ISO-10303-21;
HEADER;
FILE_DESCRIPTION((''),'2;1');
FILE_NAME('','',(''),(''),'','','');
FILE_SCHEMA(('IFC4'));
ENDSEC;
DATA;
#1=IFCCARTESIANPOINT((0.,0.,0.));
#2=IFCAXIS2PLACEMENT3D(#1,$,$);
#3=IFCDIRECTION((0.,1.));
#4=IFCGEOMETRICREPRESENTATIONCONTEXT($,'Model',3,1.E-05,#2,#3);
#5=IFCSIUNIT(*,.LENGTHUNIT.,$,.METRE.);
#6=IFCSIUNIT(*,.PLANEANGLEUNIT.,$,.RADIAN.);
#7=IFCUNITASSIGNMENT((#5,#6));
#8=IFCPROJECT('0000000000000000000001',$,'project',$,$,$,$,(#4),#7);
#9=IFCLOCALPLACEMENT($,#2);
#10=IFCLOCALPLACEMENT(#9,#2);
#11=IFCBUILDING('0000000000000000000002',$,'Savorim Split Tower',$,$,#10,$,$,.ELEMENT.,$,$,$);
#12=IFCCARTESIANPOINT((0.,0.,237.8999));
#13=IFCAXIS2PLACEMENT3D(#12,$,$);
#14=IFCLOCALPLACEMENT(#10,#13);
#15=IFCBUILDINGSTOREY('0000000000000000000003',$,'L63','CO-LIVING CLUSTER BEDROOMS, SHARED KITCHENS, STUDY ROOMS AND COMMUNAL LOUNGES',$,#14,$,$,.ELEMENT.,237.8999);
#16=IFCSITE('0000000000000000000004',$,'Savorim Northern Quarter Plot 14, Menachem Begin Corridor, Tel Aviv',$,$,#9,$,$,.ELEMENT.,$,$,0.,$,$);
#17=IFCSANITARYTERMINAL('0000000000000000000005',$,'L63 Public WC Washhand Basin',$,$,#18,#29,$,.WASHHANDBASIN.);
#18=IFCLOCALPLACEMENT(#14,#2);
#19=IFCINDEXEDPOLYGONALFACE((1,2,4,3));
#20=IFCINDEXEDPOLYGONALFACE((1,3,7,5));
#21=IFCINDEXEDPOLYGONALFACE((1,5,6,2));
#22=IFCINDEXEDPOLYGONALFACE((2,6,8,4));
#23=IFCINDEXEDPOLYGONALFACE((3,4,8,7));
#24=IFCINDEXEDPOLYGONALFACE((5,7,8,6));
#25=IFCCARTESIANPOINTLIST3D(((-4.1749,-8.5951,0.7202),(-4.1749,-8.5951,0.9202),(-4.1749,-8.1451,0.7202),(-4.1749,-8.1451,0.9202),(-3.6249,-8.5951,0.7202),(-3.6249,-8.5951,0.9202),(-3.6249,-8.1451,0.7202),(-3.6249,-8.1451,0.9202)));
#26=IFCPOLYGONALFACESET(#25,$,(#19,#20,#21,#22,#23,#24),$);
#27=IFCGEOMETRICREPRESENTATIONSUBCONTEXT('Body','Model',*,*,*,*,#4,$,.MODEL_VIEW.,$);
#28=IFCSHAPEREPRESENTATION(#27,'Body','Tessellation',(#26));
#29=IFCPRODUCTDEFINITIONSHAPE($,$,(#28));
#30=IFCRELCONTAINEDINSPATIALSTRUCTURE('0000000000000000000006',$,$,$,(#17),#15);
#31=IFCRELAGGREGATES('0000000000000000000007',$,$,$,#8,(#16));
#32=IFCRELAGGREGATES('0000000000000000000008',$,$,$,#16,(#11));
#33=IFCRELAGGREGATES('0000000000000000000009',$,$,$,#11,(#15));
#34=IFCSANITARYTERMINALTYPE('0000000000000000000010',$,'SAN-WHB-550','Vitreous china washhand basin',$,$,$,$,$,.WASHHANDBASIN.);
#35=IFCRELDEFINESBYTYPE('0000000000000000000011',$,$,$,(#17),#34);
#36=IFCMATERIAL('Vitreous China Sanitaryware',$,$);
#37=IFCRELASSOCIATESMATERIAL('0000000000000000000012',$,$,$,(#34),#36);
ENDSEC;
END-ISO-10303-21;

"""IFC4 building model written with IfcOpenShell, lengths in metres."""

from ifc_helpers import new_model, si_unit, direction, frame, origin, origin_2d, place, context, subcontext, project, spatial, rectangle, extrude, material, type_object, element, save


model = new_model("IFC4")

# Units and contexts
model_context = context("Model", 3, precision=1e-05, world=origin(), true_north=direction((0.0, 1.0)))
body_context = subcontext(model_context, "Body", "Model", "MODEL_VIEW")
ifc_project = project(units=[si_unit("LENGTHUNIT", "METRE"), si_unit("PLANEANGLEUNIT", "RADIAN")], contexts=[model_context])

# Site, building, storey
site_placement = place(None, origin())
site = spatial("IfcSite", under=ifc_project, at=site_placement, Name="Savorim Northern Quarter Plot 14, Menachem Begin Corridor, Tel Aviv", CompositionType="ELEMENT", RefElevation=0.0)
building_placement = place(site_placement, origin())
building = spatial("IfcBuilding", under=site, at=building_placement, Name="Savorim Split Tower", CompositionType="ELEMENT")
storey_placement = place(building_placement, frame((0.0, 0.0, 237.8999)))
storey = spatial("IfcBuildingStorey", under=building, at=storey_placement, Name="L63", Description="CO-LIVING CLUSTER BEDROOMS, SHARED KITCHENS, STUDY ROOMS AND COMMUNAL LOUNGES", CompositionType="ELEMENT", Elevation=237.8999)

# Sanitary terminal
ifc_material_1 = material(Name="Vitreous China Sanitaryware")
sanitary_terminal_type_1 = type_object("IfcSanitaryTerminalType", Name="SAN-WHB-550", Description="Vitreous china washhand basin", PredefinedType="WASHHANDBASIN", material=ifc_material_1)
sanitary_terminal_1_placement = place(storey_placement, frame((-3.8999, -8.3701, 0.7202), z_axis=(0.0, 0.0, 1.0), x_axis=(1.0, 0.0, 0.0)))
element("IfcSanitaryTerminal", 1, at=sanitary_terminal_1_placement, inside=storey, type_object=sanitary_terminal_type_1, Name="L63 Public WC Washhand Basin", PredefinedType="WASHHANDBASIN", context=body_context, shape_type="SweptSolid", body=[
    extrude(rectangle(XDim=0.55, YDim=0.45, at=origin_2d()), origin(), (0.0, 0.0, 1.0), 0.2),
])

save(model, "model.ifc")
